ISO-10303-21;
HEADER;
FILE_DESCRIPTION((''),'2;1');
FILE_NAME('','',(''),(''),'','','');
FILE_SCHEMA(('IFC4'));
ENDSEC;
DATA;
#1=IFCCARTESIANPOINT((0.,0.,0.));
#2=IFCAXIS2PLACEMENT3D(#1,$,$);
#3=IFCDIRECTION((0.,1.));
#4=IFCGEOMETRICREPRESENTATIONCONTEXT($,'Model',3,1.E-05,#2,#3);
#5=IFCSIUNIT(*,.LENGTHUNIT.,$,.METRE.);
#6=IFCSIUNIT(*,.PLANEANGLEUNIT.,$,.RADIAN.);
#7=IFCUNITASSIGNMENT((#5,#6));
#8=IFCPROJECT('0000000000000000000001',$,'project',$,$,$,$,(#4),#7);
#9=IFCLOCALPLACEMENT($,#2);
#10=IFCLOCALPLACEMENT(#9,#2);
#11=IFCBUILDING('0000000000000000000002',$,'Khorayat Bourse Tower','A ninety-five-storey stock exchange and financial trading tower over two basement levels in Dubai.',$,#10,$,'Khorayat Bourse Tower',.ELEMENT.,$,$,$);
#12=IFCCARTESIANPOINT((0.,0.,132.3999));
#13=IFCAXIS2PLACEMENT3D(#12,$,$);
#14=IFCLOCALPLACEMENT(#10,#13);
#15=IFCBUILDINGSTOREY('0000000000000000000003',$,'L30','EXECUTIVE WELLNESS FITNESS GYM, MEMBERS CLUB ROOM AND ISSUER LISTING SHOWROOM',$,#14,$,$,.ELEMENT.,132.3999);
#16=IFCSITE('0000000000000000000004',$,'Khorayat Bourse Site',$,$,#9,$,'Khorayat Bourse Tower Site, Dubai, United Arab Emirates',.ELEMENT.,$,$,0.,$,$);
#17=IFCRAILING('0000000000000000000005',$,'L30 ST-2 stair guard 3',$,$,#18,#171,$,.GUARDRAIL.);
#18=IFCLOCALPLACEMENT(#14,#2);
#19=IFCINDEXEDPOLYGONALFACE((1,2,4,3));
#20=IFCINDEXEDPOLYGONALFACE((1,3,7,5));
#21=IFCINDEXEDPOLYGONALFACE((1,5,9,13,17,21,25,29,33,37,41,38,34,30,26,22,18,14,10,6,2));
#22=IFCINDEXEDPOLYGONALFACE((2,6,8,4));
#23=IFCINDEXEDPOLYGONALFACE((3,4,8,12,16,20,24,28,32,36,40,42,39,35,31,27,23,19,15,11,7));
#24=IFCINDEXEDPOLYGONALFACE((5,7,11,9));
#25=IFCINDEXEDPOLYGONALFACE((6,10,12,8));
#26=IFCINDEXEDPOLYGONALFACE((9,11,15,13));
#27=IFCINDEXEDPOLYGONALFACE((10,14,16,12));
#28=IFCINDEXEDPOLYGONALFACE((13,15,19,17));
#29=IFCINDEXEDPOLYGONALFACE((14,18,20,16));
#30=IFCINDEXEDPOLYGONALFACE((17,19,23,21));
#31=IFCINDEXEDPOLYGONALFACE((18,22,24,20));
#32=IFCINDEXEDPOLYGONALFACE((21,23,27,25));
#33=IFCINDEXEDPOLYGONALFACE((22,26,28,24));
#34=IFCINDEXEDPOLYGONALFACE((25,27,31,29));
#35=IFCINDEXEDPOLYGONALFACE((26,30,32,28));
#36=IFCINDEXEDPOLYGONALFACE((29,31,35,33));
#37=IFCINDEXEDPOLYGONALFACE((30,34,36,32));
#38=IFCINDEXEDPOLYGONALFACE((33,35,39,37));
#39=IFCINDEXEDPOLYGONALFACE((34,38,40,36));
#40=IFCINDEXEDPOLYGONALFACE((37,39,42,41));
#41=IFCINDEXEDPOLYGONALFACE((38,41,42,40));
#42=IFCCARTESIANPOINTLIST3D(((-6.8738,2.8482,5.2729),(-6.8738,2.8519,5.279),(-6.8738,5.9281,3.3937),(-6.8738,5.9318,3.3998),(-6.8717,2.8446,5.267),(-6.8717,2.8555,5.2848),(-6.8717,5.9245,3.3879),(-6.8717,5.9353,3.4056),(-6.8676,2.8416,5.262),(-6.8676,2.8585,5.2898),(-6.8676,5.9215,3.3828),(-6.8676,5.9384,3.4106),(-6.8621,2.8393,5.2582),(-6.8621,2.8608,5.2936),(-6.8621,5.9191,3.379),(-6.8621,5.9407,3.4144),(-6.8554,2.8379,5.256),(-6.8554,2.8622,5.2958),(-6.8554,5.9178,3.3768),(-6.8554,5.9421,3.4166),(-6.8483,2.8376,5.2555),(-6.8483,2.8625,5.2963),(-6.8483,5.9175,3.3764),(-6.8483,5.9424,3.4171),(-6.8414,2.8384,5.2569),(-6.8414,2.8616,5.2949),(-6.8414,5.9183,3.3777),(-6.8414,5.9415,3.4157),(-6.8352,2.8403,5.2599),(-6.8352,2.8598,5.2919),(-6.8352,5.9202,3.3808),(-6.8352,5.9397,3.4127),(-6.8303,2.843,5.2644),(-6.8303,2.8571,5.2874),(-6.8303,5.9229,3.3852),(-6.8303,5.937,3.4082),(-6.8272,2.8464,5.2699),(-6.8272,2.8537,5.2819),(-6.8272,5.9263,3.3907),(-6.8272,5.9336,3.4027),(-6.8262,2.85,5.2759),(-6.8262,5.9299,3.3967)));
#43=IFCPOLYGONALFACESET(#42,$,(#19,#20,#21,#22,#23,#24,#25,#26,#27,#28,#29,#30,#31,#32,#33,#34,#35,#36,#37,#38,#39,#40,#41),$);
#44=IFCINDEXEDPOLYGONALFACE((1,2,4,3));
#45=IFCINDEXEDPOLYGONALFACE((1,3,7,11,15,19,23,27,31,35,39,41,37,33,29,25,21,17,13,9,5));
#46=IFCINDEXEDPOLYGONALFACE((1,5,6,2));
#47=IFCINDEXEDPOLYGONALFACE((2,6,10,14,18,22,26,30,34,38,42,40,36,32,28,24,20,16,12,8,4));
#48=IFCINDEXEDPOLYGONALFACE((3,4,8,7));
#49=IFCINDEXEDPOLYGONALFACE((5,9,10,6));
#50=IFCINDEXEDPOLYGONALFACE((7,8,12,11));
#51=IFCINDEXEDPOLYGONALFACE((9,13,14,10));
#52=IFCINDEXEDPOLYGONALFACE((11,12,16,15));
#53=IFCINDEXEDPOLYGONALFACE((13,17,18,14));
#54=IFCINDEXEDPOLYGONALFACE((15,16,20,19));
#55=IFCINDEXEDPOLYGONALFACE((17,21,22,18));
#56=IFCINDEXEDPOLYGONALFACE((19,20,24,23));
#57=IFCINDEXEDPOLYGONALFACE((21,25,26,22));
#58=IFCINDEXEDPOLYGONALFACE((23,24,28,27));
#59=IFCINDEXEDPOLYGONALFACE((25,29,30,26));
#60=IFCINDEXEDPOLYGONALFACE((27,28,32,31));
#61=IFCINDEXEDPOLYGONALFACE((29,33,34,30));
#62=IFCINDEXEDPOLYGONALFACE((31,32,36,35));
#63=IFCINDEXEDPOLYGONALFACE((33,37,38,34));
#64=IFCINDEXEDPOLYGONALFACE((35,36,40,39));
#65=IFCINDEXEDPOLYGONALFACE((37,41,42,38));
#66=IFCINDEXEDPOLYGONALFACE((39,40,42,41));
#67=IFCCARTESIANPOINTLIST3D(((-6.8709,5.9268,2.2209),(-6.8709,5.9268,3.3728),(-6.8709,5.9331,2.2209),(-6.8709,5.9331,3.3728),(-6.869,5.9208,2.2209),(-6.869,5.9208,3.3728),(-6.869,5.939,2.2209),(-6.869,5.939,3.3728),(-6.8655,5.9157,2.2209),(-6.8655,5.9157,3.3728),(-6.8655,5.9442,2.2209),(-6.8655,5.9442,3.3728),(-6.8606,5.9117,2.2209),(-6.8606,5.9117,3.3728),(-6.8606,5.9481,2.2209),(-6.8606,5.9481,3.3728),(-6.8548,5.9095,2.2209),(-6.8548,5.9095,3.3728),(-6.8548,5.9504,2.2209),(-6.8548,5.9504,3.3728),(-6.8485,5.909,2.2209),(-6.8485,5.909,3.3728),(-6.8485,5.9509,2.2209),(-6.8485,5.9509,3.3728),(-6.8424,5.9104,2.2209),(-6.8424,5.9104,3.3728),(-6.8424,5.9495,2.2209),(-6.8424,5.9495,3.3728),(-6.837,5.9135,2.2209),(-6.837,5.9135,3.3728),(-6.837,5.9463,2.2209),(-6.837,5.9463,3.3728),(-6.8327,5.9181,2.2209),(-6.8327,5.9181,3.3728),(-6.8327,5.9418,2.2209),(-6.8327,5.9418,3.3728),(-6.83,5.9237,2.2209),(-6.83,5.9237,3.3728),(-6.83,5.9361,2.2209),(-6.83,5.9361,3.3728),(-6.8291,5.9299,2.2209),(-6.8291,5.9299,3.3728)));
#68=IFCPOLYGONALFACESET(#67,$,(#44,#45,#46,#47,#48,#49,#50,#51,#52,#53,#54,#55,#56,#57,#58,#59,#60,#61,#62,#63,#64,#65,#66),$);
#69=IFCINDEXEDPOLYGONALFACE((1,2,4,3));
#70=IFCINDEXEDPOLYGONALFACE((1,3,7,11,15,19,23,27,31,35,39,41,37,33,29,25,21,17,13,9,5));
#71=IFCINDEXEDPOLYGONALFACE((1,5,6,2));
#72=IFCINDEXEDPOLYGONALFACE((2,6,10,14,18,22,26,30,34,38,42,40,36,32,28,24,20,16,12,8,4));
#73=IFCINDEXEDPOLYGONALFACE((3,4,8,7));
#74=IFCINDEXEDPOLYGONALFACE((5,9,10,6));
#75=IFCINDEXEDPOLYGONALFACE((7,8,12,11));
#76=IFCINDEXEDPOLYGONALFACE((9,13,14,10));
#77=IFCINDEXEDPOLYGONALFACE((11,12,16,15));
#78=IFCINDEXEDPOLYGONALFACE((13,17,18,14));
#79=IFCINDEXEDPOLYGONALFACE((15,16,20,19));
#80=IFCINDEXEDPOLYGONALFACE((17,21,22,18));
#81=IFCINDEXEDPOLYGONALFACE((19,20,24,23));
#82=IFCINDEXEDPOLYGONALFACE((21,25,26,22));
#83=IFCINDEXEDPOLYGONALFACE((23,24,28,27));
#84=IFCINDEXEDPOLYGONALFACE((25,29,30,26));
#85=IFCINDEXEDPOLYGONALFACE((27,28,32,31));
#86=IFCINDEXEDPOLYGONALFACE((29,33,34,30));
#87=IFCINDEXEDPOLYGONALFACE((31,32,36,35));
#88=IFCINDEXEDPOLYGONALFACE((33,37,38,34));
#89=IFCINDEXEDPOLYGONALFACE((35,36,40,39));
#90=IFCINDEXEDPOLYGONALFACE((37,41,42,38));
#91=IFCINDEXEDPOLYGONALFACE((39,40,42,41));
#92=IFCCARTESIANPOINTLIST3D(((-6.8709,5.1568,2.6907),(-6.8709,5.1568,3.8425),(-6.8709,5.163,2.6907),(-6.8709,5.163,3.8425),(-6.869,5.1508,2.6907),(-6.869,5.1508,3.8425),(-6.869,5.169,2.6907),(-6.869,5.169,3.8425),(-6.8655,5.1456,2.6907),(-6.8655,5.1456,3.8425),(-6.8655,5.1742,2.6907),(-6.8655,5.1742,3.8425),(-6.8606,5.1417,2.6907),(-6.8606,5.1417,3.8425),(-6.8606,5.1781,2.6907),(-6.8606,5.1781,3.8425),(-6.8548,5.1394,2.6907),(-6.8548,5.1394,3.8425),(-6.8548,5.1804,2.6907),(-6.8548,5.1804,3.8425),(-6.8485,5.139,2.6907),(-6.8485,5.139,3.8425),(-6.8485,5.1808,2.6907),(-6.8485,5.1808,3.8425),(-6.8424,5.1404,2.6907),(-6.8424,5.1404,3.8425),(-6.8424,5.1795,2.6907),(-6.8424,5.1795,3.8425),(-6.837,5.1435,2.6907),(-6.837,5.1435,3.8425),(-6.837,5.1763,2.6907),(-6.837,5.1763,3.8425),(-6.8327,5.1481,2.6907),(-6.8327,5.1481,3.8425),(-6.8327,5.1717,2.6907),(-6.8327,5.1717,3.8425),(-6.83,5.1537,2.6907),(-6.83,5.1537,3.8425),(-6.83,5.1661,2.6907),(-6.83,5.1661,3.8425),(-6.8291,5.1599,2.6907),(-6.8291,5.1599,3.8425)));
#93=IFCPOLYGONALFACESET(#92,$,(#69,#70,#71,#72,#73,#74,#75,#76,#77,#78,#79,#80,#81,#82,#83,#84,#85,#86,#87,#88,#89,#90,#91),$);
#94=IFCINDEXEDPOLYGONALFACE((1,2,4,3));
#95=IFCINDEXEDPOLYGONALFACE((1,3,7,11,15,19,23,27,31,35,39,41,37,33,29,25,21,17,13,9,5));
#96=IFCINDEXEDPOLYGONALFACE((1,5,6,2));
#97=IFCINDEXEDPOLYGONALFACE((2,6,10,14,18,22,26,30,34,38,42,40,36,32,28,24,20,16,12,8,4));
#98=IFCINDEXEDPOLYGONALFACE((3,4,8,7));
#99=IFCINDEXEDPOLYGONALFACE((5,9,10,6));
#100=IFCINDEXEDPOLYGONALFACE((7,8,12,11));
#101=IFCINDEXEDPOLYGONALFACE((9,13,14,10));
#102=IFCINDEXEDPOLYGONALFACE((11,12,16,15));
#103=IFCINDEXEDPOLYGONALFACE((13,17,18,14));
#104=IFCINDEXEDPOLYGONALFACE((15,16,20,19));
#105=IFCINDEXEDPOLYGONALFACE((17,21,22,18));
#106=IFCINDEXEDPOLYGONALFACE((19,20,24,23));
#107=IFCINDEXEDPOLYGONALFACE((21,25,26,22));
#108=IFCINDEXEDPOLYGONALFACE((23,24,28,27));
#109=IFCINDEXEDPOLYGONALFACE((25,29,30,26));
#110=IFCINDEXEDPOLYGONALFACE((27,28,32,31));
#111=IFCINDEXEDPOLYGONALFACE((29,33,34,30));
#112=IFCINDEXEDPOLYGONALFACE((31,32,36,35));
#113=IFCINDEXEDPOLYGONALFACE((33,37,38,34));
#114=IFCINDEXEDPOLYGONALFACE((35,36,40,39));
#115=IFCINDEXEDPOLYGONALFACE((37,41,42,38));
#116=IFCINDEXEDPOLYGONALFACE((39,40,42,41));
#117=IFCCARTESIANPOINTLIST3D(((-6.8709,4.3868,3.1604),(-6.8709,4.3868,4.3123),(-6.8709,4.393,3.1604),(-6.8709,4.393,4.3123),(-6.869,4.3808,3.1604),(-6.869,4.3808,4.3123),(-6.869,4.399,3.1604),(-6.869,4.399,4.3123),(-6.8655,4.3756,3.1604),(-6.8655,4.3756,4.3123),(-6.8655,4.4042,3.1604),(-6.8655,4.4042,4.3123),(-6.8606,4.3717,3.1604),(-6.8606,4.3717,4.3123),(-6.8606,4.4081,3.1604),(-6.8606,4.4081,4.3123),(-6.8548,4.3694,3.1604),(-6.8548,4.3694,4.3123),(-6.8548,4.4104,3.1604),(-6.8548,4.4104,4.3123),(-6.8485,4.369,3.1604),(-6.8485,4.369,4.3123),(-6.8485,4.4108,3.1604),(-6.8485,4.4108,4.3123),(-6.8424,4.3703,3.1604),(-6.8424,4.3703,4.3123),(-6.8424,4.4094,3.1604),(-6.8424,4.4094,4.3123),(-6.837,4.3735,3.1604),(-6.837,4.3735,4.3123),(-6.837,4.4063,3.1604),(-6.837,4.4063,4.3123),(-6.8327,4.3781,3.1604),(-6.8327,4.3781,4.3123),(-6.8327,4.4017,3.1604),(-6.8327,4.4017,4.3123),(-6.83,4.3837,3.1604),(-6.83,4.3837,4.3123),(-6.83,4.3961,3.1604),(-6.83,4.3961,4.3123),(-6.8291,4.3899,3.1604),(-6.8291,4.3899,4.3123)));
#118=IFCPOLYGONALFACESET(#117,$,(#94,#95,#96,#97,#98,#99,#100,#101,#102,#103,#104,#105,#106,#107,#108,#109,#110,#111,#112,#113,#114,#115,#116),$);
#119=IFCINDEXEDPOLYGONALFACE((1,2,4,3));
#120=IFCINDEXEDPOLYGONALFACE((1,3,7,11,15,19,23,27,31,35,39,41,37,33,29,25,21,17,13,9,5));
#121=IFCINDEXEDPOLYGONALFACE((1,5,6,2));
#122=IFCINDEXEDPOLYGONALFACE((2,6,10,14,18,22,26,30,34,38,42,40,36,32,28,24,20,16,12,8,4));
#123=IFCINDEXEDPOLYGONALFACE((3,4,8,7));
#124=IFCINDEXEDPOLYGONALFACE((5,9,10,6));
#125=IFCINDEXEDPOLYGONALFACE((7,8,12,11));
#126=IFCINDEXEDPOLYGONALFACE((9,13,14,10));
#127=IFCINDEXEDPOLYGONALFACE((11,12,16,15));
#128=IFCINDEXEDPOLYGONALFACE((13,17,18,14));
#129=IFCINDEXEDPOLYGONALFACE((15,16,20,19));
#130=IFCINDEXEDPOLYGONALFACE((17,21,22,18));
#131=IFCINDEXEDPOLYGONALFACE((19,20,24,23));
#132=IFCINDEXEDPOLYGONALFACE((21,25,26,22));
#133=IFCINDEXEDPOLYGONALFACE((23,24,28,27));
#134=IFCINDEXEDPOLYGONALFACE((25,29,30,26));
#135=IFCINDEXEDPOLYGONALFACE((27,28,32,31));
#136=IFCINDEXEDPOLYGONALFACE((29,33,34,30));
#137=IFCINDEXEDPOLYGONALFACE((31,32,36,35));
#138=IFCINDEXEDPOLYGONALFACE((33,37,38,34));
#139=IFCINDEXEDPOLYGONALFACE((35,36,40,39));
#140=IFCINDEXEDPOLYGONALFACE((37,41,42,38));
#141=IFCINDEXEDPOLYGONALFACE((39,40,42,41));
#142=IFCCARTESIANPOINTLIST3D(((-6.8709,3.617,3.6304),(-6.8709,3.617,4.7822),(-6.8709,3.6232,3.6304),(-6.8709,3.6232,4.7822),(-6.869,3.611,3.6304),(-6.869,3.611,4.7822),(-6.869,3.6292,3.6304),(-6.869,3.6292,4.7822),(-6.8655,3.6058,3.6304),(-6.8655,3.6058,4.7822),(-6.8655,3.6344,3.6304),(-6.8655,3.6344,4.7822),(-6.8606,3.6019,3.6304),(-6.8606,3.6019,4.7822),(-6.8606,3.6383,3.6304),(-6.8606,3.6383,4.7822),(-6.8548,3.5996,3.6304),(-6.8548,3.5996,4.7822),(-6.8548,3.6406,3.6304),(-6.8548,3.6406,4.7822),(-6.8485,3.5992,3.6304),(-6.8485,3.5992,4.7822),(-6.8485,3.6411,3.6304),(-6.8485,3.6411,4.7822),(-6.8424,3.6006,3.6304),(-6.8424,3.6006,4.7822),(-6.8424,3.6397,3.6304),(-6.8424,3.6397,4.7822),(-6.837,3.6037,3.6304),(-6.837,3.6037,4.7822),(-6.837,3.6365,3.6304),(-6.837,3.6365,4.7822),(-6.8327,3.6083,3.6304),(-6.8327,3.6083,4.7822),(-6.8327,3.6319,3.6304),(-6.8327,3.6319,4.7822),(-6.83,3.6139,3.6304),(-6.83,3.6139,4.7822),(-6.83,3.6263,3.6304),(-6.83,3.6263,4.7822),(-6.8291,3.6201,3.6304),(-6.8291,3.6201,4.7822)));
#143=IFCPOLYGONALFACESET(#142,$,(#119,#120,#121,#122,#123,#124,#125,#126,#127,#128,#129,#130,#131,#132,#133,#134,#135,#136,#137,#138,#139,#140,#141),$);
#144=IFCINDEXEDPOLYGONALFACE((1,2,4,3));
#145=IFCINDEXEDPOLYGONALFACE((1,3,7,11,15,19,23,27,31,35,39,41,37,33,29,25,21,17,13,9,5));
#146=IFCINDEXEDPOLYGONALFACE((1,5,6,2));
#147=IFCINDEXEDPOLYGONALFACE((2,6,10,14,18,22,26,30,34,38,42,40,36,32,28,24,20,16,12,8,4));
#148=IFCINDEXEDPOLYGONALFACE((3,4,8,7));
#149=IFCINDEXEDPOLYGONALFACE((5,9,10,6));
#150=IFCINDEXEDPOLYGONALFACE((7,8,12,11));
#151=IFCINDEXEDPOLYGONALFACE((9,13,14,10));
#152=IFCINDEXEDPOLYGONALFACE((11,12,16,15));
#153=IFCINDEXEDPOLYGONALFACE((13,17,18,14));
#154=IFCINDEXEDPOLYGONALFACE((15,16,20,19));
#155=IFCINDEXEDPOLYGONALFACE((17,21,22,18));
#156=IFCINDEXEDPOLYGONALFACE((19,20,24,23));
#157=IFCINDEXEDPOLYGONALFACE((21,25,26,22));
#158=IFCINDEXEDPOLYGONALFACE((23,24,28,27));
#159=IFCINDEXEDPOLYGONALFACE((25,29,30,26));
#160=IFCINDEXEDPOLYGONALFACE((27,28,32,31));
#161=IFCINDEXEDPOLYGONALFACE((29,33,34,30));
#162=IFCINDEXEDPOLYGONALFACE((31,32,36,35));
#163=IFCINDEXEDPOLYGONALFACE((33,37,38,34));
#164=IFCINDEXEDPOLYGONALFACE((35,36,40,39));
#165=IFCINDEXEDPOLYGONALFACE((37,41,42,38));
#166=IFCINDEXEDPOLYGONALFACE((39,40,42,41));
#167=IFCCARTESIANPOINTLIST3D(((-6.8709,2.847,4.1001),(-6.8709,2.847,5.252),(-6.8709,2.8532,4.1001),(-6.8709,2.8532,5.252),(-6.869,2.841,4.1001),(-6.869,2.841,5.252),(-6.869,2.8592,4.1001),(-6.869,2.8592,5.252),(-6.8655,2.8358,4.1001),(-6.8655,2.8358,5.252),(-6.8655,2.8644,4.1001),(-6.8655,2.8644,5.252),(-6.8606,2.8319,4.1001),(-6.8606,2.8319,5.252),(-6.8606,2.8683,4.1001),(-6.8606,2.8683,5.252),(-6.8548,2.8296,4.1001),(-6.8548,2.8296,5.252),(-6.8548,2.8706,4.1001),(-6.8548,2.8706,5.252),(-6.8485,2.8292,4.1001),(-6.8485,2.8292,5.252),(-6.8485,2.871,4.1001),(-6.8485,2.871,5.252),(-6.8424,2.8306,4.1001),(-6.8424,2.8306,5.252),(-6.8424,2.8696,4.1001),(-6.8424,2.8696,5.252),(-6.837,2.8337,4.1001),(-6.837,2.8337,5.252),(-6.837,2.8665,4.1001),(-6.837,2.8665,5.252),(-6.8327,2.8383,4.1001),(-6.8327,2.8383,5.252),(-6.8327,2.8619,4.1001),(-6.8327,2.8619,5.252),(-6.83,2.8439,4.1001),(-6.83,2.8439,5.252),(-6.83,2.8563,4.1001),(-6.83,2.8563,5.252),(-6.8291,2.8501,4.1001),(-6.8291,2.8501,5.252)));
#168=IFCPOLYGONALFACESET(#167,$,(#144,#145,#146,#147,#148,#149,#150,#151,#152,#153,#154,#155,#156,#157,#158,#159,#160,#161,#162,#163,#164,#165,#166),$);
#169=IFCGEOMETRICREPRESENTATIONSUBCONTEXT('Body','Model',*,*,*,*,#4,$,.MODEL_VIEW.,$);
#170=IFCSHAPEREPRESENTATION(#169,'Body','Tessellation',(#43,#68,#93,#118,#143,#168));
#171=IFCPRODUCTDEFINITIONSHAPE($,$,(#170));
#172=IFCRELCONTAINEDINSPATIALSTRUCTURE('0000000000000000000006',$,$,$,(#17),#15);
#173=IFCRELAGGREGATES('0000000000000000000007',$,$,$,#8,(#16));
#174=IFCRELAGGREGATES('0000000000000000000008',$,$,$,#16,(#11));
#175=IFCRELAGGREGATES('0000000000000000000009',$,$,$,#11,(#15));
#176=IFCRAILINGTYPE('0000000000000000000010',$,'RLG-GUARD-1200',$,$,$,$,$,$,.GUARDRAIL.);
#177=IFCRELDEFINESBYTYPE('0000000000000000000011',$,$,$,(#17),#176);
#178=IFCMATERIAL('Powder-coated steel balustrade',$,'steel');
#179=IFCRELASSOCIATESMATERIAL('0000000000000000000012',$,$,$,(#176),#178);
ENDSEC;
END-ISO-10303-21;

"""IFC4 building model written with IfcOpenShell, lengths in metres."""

from ifc_helpers import new_model, si_unit, direction, frame, origin, origin_2d, place, context, subcontext, project, spatial, circle, extrude, source, transform, mapped, material, type_object, element, save


model = new_model("IFC4")

# Units and contexts
model_context = context("Model", 3, precision=1e-05, world=origin(), true_north=direction((0.0, 1.0)))
body_context = subcontext(model_context, "Body", "Model", "MODEL_VIEW")
ifc_project = project(units=[si_unit("LENGTHUNIT", "METRE"), si_unit("PLANEANGLEUNIT", "RADIAN")], contexts=[model_context])

# Site, building, storey
site_placement = place(None, origin())
site = spatial("IfcSite", under=ifc_project, at=site_placement, Name="Khorayat Bourse Site", LongName="Khorayat Bourse Tower Site, Dubai, United Arab Emirates", CompositionType="ELEMENT", RefElevation=0.0)
building_placement = place(site_placement, origin())
building = spatial("IfcBuilding", under=site, at=building_placement, Name="Khorayat Bourse Tower", Description="A ninety-five-storey stock exchange and financial trading tower over two basement levels in Dubai.", LongName="Khorayat Bourse Tower", CompositionType="ELEMENT")
storey_placement = place(building_placement, frame((0.0, 0.0, 132.3999)))
storey = spatial("IfcBuildingStorey", under=building, at=storey_placement, Name="L30", Description="EXECUTIVE WELLNESS FITNESS GYM, MEMBERS CLUB ROOM AND ISSUER LISTING SHOWROOM", CompositionType="ELEMENT", Elevation=132.3999)

# Railing
ifc_material_1 = material(Name="Powder-coated steel balustrade", Category="steel")
railing_type_1 = type_object("IfcRailingType", Name="RLG-GUARD-1200", PredefinedType="GUARDRAIL", material=ifc_material_1)
shared_shape_1 = source(origin(), body_context, "Body", "SweptSolid", [
    extrude(circle(Radius=0.0239, at=origin_2d()), frame((0.0, 0.0, 1.1758), z_axis=(0.0, -0.853648, 0.52085), x_axis=(1.0, 0.0, 0.0)), (0.0, 0.0, 1.0), 3.6079),
    extrude(circle(Radius=0.021, at=origin_2d()), origin(), (0.0, 0.0, 1.0), 1.1519),
    extrude(circle(Radius=0.021, at=origin_2d()), frame((0.0, -0.77, 0.4697)), (0.0, 0.0, 1.0), 1.1519),
    extrude(circle(Radius=0.021, at=origin_2d()), frame((0.0, -1.54, 0.9395)), (0.0, 0.0, 1.0), 1.1519),
    extrude(circle(Radius=0.021, at=origin_2d()), frame((0.0, -2.3098, 1.4094)), (0.0, 0.0, 1.0), 1.1519),
    extrude(circle(Radius=0.021, at=origin_2d()), frame((0.0, -3.0798, 1.8792)), (0.0, 0.0, 1.0), 1.1519),
])
railing_1_placement = place(storey_placement, frame((-6.8501, 5.9299, 2.2209)))
element("IfcRailing", 1, at=railing_1_placement, inside=storey, type_object=railing_type_1, Name="L30 ST-2 stair guard 3", PredefinedType="GUARDRAIL", context=body_context, shape_type="MappedRepresentation", body=[
    mapped(shared_shape_1, transform((0.0, 0.0, 0.0), scale=1.0)),
])

save(model, "model.ifc")
